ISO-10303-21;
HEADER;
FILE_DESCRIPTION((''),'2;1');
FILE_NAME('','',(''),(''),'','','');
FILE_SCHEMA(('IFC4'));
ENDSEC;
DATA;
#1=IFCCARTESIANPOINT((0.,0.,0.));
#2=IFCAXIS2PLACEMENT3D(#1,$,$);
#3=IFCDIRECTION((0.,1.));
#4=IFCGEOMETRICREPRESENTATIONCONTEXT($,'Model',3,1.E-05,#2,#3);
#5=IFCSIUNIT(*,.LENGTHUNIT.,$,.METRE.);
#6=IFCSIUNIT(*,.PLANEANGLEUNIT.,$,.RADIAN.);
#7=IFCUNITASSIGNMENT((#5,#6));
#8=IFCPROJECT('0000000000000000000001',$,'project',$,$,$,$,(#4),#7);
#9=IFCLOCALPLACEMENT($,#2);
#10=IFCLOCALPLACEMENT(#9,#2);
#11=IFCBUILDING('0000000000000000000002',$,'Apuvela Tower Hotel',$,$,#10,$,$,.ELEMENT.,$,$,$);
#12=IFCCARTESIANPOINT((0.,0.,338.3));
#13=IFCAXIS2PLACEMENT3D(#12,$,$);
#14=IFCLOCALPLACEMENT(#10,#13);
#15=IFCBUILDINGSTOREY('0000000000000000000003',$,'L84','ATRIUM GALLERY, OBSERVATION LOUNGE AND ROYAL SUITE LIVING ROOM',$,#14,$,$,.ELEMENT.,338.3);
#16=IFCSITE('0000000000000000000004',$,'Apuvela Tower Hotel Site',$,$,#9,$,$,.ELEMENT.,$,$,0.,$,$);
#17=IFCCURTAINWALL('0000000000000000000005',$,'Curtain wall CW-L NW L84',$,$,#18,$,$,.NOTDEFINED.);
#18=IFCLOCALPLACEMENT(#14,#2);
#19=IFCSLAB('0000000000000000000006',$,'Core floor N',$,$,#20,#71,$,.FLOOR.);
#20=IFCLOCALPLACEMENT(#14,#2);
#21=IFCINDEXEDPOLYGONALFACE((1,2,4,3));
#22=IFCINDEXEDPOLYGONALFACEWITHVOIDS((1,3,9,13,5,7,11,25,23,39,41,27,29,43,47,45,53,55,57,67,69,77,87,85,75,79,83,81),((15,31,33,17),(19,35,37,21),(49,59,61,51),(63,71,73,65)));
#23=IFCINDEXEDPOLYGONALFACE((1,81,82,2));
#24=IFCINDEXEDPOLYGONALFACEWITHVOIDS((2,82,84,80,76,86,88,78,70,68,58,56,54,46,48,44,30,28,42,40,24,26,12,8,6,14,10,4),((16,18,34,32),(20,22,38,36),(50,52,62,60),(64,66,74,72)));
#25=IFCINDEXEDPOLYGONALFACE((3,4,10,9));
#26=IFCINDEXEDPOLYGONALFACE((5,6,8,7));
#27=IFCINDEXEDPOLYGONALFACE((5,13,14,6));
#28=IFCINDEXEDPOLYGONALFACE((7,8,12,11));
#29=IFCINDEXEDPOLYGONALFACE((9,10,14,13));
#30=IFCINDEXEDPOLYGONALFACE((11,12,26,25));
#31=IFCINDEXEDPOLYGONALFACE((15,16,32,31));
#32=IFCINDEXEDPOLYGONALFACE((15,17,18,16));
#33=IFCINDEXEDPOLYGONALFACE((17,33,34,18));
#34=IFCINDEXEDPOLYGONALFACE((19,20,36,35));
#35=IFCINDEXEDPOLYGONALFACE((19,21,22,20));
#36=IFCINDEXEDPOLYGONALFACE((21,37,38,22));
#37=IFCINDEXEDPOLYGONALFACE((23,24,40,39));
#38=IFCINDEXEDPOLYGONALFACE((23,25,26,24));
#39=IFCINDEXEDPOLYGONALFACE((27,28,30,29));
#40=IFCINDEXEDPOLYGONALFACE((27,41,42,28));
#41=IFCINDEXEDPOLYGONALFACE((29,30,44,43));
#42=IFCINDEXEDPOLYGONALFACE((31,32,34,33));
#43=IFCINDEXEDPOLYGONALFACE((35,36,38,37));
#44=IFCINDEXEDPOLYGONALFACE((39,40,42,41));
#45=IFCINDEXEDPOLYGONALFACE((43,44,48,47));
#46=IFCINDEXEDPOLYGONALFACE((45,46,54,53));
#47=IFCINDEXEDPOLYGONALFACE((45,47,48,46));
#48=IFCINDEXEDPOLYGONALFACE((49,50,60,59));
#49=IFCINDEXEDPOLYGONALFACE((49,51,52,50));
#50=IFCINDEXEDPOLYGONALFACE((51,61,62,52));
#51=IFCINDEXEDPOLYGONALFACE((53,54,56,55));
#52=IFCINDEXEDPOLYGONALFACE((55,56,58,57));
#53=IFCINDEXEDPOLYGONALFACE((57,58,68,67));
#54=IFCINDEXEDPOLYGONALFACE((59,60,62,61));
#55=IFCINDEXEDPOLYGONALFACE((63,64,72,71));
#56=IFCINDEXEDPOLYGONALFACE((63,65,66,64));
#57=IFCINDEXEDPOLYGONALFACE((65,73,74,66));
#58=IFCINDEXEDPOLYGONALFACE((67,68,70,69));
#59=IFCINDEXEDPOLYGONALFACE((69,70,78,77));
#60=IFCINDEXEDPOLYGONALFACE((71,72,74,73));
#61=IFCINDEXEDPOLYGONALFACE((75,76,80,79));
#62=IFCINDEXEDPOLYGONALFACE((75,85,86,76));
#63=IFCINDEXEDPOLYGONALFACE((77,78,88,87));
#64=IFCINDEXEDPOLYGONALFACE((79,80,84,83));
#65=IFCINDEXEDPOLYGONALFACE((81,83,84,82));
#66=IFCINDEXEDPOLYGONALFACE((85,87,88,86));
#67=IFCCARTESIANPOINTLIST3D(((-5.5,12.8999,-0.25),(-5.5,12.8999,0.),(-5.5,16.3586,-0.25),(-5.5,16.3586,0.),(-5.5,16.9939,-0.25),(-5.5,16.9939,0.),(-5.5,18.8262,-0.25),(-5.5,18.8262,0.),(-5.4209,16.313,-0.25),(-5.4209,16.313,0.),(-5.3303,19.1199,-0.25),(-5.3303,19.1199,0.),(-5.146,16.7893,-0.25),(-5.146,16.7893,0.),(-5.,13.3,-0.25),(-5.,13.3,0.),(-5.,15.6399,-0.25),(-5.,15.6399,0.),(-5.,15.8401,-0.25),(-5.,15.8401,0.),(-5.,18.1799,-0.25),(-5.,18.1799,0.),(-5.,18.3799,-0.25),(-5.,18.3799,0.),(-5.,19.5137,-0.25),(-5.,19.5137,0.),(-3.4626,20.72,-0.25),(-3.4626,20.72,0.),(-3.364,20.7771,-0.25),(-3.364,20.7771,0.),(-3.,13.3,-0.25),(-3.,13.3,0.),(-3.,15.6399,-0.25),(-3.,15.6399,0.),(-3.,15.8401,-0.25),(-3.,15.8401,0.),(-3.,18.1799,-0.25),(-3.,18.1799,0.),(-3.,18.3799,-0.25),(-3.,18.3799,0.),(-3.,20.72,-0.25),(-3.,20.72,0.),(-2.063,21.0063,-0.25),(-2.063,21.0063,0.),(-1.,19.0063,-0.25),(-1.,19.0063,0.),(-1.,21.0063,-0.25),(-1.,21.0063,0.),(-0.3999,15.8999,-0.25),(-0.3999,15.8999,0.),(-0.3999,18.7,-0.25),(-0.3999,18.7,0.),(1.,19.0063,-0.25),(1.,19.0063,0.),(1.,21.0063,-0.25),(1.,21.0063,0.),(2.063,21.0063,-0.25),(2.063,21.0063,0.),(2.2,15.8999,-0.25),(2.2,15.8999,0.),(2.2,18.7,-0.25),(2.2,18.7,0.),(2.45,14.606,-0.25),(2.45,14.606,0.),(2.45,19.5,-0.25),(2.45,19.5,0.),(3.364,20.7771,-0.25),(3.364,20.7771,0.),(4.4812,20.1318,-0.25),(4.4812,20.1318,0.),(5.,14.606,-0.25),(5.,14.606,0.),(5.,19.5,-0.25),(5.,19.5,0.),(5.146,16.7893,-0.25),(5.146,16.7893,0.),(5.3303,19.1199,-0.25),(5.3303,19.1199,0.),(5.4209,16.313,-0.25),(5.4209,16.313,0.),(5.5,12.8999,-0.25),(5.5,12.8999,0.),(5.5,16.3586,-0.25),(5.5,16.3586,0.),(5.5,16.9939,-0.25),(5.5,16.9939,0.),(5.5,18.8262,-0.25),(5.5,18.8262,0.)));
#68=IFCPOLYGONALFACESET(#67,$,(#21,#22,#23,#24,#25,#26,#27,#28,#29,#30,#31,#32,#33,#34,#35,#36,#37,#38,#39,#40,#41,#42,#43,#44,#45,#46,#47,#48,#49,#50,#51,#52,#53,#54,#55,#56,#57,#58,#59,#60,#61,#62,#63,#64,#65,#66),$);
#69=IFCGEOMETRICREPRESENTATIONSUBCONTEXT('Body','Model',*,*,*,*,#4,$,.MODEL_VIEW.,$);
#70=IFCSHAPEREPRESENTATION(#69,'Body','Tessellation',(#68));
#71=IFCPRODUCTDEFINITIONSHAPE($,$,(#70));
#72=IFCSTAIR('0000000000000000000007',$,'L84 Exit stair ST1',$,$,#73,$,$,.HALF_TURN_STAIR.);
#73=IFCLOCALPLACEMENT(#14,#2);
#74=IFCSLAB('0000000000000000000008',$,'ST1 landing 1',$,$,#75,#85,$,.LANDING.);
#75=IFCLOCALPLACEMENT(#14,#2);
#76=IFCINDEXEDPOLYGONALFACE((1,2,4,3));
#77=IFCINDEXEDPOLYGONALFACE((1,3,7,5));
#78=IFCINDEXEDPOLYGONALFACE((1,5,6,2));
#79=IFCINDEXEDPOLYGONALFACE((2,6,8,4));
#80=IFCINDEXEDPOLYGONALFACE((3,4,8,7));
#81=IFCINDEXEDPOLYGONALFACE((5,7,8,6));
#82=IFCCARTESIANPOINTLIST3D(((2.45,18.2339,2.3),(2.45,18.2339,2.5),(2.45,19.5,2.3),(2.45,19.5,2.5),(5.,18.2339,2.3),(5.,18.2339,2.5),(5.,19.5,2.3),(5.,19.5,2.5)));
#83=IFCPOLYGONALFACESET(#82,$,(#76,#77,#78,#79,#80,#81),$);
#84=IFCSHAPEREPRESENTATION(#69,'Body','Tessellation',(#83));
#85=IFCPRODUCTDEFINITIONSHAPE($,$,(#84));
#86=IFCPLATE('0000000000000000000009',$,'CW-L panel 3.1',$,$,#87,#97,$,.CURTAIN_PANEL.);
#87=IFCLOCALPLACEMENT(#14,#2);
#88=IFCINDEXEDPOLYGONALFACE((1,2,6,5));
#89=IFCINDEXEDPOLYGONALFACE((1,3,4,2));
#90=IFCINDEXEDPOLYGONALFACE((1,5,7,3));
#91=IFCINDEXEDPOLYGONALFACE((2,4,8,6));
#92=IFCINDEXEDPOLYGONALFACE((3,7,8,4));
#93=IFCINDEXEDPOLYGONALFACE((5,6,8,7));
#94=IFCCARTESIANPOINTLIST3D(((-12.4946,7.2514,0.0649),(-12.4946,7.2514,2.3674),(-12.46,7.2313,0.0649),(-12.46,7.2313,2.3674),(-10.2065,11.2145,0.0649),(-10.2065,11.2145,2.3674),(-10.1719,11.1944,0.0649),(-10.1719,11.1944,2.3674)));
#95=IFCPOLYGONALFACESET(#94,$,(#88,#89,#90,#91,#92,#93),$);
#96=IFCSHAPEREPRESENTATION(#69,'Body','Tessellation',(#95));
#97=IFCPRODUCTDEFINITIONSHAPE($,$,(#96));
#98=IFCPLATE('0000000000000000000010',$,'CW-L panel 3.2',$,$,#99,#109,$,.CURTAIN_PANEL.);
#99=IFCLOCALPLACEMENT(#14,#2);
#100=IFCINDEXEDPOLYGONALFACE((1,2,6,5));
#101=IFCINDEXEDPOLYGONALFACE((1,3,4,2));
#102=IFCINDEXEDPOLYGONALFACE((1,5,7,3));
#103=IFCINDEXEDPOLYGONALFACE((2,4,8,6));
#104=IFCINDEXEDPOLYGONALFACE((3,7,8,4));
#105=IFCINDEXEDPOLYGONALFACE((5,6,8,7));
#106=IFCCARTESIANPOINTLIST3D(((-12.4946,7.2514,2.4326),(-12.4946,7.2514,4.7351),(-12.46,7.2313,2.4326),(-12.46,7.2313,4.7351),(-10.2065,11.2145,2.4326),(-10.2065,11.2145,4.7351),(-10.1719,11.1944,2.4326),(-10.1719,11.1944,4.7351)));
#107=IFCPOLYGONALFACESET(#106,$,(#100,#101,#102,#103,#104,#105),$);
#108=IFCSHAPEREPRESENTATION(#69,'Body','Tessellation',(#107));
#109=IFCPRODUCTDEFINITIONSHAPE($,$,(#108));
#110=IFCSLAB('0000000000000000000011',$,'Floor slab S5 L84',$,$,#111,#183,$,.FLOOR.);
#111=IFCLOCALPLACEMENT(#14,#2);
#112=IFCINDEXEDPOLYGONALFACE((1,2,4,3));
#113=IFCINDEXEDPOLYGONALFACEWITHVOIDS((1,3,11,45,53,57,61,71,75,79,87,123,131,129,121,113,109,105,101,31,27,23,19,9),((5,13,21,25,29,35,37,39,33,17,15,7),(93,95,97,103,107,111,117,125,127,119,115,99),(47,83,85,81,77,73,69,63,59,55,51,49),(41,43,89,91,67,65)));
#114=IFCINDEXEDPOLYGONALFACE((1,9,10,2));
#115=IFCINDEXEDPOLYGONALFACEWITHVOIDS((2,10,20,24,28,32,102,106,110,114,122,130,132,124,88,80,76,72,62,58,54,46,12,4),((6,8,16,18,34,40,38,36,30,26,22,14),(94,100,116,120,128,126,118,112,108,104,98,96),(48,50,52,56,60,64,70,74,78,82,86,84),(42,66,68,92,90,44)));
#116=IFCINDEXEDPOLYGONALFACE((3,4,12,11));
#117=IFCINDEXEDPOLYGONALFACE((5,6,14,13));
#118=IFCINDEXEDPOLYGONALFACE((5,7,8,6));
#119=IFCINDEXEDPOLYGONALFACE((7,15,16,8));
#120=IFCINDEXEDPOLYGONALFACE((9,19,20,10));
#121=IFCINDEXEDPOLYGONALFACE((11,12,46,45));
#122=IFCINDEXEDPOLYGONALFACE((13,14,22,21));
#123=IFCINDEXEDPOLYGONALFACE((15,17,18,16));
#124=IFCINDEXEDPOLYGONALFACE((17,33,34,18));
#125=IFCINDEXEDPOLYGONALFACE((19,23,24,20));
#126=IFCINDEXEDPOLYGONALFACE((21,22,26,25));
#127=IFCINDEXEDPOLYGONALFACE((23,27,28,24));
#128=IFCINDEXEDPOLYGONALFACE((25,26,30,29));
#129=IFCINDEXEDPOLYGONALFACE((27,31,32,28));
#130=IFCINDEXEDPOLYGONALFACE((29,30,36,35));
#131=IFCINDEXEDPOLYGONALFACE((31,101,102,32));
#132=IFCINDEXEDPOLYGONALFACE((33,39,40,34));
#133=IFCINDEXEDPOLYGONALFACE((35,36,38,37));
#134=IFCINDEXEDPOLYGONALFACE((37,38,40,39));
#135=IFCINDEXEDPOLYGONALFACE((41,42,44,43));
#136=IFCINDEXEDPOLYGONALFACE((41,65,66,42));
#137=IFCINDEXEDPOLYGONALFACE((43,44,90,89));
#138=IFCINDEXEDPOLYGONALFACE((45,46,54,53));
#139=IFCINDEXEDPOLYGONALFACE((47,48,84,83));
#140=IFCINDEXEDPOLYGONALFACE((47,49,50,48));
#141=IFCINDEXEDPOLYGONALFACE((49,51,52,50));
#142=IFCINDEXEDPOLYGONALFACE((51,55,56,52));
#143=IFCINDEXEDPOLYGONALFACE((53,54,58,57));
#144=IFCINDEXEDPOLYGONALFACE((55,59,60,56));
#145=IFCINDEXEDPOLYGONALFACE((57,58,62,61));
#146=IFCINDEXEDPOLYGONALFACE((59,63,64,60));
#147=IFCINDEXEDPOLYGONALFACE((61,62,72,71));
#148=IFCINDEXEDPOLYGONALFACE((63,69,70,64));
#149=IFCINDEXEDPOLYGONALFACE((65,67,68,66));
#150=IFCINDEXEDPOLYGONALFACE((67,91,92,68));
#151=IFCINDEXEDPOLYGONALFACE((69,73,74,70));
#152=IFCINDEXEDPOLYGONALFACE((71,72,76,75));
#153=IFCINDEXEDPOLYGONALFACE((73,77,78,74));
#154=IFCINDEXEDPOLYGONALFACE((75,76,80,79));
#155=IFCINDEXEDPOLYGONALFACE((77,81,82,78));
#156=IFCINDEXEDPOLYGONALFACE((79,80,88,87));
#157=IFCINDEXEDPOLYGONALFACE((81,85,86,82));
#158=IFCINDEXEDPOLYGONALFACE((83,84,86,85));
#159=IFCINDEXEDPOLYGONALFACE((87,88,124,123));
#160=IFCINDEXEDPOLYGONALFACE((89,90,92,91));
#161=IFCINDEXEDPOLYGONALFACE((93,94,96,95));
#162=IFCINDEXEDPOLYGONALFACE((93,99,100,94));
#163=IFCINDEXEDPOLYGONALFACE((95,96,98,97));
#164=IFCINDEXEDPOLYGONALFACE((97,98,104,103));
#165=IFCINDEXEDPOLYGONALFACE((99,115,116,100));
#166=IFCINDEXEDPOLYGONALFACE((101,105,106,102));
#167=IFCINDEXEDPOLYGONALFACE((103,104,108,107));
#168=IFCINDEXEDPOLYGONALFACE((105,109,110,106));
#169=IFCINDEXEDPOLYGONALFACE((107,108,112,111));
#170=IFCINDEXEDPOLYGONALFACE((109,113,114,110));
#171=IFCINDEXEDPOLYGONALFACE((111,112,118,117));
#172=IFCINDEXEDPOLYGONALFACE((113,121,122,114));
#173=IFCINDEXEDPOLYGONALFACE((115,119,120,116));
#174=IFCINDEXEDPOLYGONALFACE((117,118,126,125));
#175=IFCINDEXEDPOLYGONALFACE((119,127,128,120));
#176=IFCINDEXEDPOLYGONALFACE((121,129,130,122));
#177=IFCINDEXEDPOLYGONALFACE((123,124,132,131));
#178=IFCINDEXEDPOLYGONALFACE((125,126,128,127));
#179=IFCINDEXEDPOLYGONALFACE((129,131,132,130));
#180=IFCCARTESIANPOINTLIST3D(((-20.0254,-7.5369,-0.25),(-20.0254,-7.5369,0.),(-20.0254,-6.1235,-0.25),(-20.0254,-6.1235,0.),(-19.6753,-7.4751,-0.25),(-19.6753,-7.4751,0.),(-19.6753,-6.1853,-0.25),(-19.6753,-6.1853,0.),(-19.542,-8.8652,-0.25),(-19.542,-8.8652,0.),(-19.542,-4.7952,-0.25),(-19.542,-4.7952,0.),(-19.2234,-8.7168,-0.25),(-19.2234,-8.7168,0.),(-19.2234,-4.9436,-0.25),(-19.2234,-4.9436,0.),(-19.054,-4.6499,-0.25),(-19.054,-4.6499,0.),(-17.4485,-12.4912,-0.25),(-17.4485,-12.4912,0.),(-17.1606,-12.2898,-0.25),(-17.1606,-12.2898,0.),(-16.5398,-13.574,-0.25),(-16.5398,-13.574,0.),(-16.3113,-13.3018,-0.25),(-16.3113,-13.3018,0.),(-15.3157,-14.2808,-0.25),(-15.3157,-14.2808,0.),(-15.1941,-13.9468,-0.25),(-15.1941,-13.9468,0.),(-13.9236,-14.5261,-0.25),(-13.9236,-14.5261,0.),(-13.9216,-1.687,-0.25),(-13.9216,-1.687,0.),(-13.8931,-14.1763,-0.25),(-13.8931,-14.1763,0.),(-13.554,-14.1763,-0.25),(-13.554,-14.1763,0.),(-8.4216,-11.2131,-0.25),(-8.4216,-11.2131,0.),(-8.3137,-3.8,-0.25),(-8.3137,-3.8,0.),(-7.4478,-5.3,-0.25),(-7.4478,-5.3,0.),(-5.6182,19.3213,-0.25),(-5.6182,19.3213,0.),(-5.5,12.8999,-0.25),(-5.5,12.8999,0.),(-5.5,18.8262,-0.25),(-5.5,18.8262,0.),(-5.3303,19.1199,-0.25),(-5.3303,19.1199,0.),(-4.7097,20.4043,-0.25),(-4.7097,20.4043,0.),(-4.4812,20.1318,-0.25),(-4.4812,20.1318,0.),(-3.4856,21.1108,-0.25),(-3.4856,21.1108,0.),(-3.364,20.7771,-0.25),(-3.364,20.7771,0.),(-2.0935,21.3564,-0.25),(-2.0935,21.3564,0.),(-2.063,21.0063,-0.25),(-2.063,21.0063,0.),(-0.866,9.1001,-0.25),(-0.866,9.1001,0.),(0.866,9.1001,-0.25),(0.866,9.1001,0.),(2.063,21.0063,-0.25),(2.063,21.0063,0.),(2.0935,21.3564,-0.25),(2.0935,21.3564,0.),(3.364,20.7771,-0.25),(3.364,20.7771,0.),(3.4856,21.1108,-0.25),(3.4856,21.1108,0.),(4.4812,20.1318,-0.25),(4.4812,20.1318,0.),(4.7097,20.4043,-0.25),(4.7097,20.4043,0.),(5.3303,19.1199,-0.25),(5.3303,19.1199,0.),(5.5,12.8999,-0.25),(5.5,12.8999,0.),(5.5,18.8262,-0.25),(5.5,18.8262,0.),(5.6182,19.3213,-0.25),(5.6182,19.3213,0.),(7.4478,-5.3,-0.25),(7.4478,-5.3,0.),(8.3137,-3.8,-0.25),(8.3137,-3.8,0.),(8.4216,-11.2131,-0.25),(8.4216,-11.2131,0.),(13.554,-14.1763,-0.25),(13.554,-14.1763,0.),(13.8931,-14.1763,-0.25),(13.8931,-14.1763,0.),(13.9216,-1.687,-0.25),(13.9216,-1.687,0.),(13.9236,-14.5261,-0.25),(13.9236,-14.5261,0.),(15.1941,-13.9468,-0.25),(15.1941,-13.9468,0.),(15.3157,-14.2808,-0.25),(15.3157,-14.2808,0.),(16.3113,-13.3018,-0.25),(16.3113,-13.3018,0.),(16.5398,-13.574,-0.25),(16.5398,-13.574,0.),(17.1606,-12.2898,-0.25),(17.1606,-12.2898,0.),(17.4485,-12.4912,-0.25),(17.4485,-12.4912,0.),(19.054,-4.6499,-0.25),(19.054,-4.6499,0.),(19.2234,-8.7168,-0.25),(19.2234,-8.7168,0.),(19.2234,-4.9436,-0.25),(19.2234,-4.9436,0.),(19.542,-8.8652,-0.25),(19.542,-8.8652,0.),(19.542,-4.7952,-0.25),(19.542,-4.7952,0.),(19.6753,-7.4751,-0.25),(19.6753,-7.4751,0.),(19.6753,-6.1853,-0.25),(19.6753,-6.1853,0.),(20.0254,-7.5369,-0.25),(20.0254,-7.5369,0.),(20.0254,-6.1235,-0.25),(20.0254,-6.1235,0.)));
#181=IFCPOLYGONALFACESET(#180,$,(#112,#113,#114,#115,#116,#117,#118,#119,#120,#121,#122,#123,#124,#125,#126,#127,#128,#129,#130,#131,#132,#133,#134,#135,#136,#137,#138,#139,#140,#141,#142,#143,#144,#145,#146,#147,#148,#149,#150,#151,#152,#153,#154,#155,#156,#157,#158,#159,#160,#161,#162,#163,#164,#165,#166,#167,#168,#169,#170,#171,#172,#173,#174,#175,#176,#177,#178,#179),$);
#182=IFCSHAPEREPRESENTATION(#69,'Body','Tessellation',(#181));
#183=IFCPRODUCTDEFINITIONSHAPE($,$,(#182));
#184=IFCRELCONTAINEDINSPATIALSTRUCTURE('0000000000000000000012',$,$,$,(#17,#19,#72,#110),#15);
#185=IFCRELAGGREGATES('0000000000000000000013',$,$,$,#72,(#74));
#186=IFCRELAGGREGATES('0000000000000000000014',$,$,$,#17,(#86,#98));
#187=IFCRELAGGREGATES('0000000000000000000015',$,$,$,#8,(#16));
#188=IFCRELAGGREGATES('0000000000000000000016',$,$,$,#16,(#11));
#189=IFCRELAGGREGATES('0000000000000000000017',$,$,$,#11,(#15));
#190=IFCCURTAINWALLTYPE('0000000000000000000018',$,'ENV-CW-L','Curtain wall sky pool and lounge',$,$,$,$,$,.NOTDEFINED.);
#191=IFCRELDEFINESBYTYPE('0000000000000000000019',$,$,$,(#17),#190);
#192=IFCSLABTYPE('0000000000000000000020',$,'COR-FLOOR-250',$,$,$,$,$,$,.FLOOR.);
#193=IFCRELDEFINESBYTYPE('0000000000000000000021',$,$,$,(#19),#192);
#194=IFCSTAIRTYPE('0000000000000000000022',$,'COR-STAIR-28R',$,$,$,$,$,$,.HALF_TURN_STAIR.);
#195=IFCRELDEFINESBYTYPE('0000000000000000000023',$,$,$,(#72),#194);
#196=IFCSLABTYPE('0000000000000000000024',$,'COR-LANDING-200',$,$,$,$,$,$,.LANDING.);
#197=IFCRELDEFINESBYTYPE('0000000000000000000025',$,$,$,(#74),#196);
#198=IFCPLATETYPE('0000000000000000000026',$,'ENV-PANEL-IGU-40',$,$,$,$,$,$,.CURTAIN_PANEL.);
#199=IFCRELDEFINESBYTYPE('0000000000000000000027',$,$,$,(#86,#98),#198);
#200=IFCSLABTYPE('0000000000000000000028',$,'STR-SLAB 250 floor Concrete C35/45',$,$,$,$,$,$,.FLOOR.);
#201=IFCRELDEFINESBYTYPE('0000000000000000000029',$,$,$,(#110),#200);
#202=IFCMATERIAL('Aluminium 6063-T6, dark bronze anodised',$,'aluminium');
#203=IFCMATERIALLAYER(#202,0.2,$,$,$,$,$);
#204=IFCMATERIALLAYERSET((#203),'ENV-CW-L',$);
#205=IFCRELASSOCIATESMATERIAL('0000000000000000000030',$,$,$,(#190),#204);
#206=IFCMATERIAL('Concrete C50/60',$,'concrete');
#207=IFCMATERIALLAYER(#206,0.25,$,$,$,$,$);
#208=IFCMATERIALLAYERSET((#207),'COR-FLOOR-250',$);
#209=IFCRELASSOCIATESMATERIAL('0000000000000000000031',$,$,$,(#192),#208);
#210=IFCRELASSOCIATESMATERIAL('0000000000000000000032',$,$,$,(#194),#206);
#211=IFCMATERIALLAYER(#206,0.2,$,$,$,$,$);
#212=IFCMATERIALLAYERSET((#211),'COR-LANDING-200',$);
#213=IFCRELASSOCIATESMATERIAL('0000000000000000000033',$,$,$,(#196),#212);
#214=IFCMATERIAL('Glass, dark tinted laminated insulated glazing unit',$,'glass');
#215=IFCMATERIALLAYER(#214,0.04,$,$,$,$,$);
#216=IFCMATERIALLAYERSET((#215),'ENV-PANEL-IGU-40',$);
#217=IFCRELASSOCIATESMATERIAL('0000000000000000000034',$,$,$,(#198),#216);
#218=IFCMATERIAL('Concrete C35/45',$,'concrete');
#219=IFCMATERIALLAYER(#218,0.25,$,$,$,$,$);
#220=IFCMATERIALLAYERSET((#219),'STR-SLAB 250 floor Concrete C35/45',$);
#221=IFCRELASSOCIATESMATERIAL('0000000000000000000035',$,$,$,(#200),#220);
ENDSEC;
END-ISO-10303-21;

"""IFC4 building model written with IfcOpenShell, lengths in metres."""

from ifc_helpers import new_model, si_unit, direction, frame, origin, origin_2d, place, context, subcontext, project, spatial, polyline, rectangle, outline, extrude, material, layer, layer_set, type_object, element, aggregate, save


model = new_model("IFC4")

# Units and contexts
model_context = context("Model", 3, precision=1e-05, world=origin(), true_north=direction((0.0, 1.0)))
body_context = subcontext(model_context, "Body", "Model", "MODEL_VIEW")
ifc_project = project(units=[si_unit("LENGTHUNIT", "METRE"), si_unit("PLANEANGLEUNIT", "RADIAN")], contexts=[model_context])

# Site, building, storey
site_placement = place(None, origin())
site = spatial("IfcSite", under=ifc_project, at=site_placement, Name="Apuvela Tower Hotel Site", CompositionType="ELEMENT", RefElevation=0.0)
building_placement = place(site_placement, origin())
building = spatial("IfcBuilding", under=site, at=building_placement, Name="Apuvela Tower Hotel", CompositionType="ELEMENT")
storey_placement = place(building_placement, frame((0.0, 0.0, 338.3)))
storey = spatial("IfcBuildingStorey", under=building, at=storey_placement, Name="L84", Description="ATRIUM GALLERY, OBSERVATION LOUNGE AND ROYAL SUITE LIVING ROOM", CompositionType="ELEMENT", Elevation=338.3)

# Curtain wall
ifc_material_1 = material(Name="Aluminium 6063-T6, dark bronze anodised", Category="aluminium")
ifc_layer_1 = layer(ifc_material_1, 0.2)
ifc_layer_set_1 = layer_set([ifc_layer_1], Name="ENV-CW-L")
curtain_wall_type = type_object("IfcCurtainWallType", Name="ENV-CW-L", Description="Curtain wall sky pool and lounge", PredefinedType="NOTDEFINED", material=ifc_layer_set_1)
curtain_wall_placement = place(storey_placement, origin())
curtain_wall = element("IfcCurtainWall", 1, at=curtain_wall_placement, inside=storey, type_object=curtain_wall_type, Name="Curtain wall CW-L NW L84", PredefinedType="NOTDEFINED")

# Slab
ifc_material_2 = material(Name="Concrete C50/60", Category="concrete")
ifc_layer_2 = layer(ifc_material_2, 0.25)
ifc_layer_set_2 = layer_set([ifc_layer_2], Name="COR-FLOOR-250")
slab_type_1 = type_object("IfcSlabType", Name="COR-FLOOR-250", PredefinedType="FLOOR", material=ifc_layer_set_2)
slab_1_placement = place(storey_placement, frame((0.0, 0.0, -0.25)))
element("IfcSlab", 2, at=slab_1_placement, inside=storey, type_object=slab_type_1, Name="Core floor N", PredefinedType="FLOOR", context=body_context, shape_type="SweptSolid", body=[
    extrude(outline(polyline([(5.4209, 16.313), (5.146, 16.7893), (5.5, 16.9939), (5.5, 18.8262), (5.3303, 19.1199), (4.4812, 20.1318), (3.364, 20.7771), (2.063, 21.0063), (1.0, 21.0063), (1.0, 19.0063), (-1.0, 19.0063), (-1.0, 21.0063), (-2.063, 21.0063), (-3.364, 20.7771), (-3.4626, 20.72), (-3.0, 20.72), (-3.0, 18.3799), (-5.0, 18.3799), (-5.0, 19.5137), (-5.3303, 19.1199), (-5.5, 18.8262), (-5.5, 16.9939), (-5.146, 16.7893), (-5.4209, 16.313), (-5.5, 16.3586), (-5.5, 12.8999), (5.5, 12.8999), (5.5, 16.3586), (5.4209, 16.313)]), holes=[polyline([(-3.0, 13.3), (-5.0, 13.3), (-5.0, 15.6399), (-3.0, 15.6399), (-3.0, 13.3)]), polyline([(-3.0, 15.8401), (-5.0, 15.8401), (-5.0, 18.1799), (-3.0, 18.1799), (-3.0, 15.8401)]), polyline([(5.0, 14.606), (2.45, 14.606), (2.45, 19.5), (5.0, 19.5), (5.0, 14.606)]), polyline([(2.2, 18.7), (2.2, 15.8999), (-0.3999, 15.8999), (-0.3999, 18.7), (2.2, 18.7)])]), origin(), (0.0, 0.0, 1.0), 0.25),
])

# Stair, slab
stair_type = type_object("IfcStairType", Name="COR-STAIR-28R", PredefinedType="HALF_TURN_STAIR", material=ifc_material_2)
stair_placement = place(storey_placement, origin())
stair = element("IfcStair", 3, at=stair_placement, inside=storey, type_object=stair_type, Name="L84 Exit stair ST1", PredefinedType="HALF_TURN_STAIR")
ifc_layer_3 = layer(ifc_material_2, 0.2)
ifc_layer_set_3 = layer_set([ifc_layer_3], Name="COR-LANDING-200")
slab_type_2 = type_object("IfcSlabType", Name="COR-LANDING-200", PredefinedType="LANDING", material=ifc_layer_set_3)
slab_2_placement = place(storey_placement, frame((0.0, 0.0, 2.3)))
slab_2 = element("IfcSlab", 4, at=slab_2_placement, type_object=slab_type_2, Name="ST1 landing 1", PredefinedType="LANDING", context=body_context, shape_type="SweptSolid", body=[
    extrude(outline(polyline([(5.0, 18.2339), (5.0, 19.5), (2.45, 19.5), (2.45, 18.2339), (5.0, 18.2339)])), origin(), (0.0, 0.0, 1.0), 0.2),
])
aggregate(stair, [slab_2])

# Plates
ifc_material_3 = material(Name="Glass, dark tinted laminated insulated glazing unit", Category="glass")
ifc_layer_4 = layer(ifc_material_3, 0.04)
ifc_layer_set_4 = layer_set([ifc_layer_4], Name="ENV-PANEL-IGU-40")
plate_type = type_object("IfcPlateType", Name="ENV-PANEL-IGU-40", PredefinedType="CURTAIN_PANEL", material=ifc_layer_set_4)
plate_1_placement = place(storey_placement, frame((-11.3333, 9.2229, 0.0649), z_axis=(0.0, 0.0, 1.0), x_axis=(-0.499999, -0.866026, 0.0)))
plate_1 = element("IfcPlate", 5, at=plate_1_placement, type_object=plate_type, Name="CW-L panel 3.1", PredefinedType="CURTAIN_PANEL", context=body_context, shape_type="SweptSolid", body=[
    extrude(rectangle(XDim=4.5762, YDim=0.04, at=origin_2d()), origin(), (0.0, 0.0, 1.0), 2.3025),
])
plate_2_placement = place(storey_placement, frame((-11.3333, 9.2229, 2.4326), z_axis=(0.0, 0.0, 1.0), x_axis=(-0.499999, -0.866026, 0.0)))
plate_2 = element("IfcPlate", 6, at=plate_2_placement, type_object=plate_type, Name="CW-L panel 3.2", PredefinedType="CURTAIN_PANEL", context=body_context, shape_type="SweptSolid", body=[
    extrude(rectangle(XDim=4.5762, YDim=0.04, at=origin_2d()), origin(), (0.0, 0.0, 1.0), 2.3025),
])
aggregate(curtain_wall, [plate_1, plate_2])

# Slab
ifc_material_4 = material(Name="Concrete C35/45", Category="concrete")
ifc_layer_5 = layer(ifc_material_4, 0.25)
ifc_layer_set_5 = layer_set([ifc_layer_5], Name="STR-SLAB 250 floor Concrete C35/45")
slab_type_3 = type_object("IfcSlabType", Name="STR-SLAB 250 floor Concrete C35/45", PredefinedType="FLOOR", material=ifc_layer_set_5)
slab_3_placement = place(storey_placement, frame((0.0, 0.0, -0.25)))
element("IfcSlab", 7, at=slab_3_placement, inside=storey, type_object=slab_type_3, Name="Floor slab S5 L84", PredefinedType="FLOOR", context=body_context, shape_type="SweptSolid", body=[
    extrude(outline(polyline([(5.6182, 19.3213), (4.7097, 20.4043), (3.4856, 21.1108), (2.0935, 21.3564), (-2.0935, 21.3564), (-3.4856, 21.1108), (-4.7097, 20.4043), (-5.6182, 19.3213), (-19.542, -4.7952), (-20.0254, -6.1235), (-20.0254, -7.5369), (-19.542, -8.8652), (-17.4485, -12.4912), (-16.5398, -13.574), (-15.3157, -14.2808), (-13.9236, -14.5261), (13.9236, -14.5261), (15.3157, -14.2808), (16.5398, -13.574), (17.4485, -12.4912), (19.542, -8.8652), (20.0254, -7.5369), (20.0254, -6.1235), (19.542, -4.7952), (5.6182, 19.3213)]), holes=[polyline([(0.866, 9.1001), (-0.866, 9.1001), (-8.3137, -3.8), (-7.4478, -5.3), (7.4478, -5.3), (8.3137, -3.8), (0.866, 9.1001)]), polyline([(-5.5, 12.8999), (-5.5, 18.8262), (-5.3303, 19.1199), (-4.4812, 20.1318), (-3.364, 20.7771), (-2.063, 21.0063), (2.063, 21.0063), (3.364, 20.7771), (4.4812, 20.1318), (5.3303, 19.1199), (5.5, 18.8262), (5.5, 12.8999), (-5.5, 12.8999)]), polyline([(-8.4216, -11.2131), (-13.554, -14.1763), (-13.8931, -14.1763), (-15.1941, -13.9468), (-16.3113, -13.3018), (-17.1606, -12.2898), (-19.2234, -8.7168), (-19.6753, -7.4751), (-19.6753, -6.1853), (-19.2234, -4.9436), (-19.054, -4.6499), (-13.9216, -1.687), (-8.4216, -11.2131)]), polyline([(13.9216, -1.687), (19.054, -4.6499), (19.2234, -4.9436), (19.6753, -6.1853), (19.6753, -7.4751), (19.2234, -8.7168), (17.1606, -12.2898), (16.3113, -13.3018), (15.1941, -13.9468), (13.8931, -14.1763), (13.554, -14.1763), (8.4216, -11.2131), (13.9216, -1.687)])]), origin(), (0.0, 0.0, 1.0), 0.25),
])

save(model, "model.ifc")
